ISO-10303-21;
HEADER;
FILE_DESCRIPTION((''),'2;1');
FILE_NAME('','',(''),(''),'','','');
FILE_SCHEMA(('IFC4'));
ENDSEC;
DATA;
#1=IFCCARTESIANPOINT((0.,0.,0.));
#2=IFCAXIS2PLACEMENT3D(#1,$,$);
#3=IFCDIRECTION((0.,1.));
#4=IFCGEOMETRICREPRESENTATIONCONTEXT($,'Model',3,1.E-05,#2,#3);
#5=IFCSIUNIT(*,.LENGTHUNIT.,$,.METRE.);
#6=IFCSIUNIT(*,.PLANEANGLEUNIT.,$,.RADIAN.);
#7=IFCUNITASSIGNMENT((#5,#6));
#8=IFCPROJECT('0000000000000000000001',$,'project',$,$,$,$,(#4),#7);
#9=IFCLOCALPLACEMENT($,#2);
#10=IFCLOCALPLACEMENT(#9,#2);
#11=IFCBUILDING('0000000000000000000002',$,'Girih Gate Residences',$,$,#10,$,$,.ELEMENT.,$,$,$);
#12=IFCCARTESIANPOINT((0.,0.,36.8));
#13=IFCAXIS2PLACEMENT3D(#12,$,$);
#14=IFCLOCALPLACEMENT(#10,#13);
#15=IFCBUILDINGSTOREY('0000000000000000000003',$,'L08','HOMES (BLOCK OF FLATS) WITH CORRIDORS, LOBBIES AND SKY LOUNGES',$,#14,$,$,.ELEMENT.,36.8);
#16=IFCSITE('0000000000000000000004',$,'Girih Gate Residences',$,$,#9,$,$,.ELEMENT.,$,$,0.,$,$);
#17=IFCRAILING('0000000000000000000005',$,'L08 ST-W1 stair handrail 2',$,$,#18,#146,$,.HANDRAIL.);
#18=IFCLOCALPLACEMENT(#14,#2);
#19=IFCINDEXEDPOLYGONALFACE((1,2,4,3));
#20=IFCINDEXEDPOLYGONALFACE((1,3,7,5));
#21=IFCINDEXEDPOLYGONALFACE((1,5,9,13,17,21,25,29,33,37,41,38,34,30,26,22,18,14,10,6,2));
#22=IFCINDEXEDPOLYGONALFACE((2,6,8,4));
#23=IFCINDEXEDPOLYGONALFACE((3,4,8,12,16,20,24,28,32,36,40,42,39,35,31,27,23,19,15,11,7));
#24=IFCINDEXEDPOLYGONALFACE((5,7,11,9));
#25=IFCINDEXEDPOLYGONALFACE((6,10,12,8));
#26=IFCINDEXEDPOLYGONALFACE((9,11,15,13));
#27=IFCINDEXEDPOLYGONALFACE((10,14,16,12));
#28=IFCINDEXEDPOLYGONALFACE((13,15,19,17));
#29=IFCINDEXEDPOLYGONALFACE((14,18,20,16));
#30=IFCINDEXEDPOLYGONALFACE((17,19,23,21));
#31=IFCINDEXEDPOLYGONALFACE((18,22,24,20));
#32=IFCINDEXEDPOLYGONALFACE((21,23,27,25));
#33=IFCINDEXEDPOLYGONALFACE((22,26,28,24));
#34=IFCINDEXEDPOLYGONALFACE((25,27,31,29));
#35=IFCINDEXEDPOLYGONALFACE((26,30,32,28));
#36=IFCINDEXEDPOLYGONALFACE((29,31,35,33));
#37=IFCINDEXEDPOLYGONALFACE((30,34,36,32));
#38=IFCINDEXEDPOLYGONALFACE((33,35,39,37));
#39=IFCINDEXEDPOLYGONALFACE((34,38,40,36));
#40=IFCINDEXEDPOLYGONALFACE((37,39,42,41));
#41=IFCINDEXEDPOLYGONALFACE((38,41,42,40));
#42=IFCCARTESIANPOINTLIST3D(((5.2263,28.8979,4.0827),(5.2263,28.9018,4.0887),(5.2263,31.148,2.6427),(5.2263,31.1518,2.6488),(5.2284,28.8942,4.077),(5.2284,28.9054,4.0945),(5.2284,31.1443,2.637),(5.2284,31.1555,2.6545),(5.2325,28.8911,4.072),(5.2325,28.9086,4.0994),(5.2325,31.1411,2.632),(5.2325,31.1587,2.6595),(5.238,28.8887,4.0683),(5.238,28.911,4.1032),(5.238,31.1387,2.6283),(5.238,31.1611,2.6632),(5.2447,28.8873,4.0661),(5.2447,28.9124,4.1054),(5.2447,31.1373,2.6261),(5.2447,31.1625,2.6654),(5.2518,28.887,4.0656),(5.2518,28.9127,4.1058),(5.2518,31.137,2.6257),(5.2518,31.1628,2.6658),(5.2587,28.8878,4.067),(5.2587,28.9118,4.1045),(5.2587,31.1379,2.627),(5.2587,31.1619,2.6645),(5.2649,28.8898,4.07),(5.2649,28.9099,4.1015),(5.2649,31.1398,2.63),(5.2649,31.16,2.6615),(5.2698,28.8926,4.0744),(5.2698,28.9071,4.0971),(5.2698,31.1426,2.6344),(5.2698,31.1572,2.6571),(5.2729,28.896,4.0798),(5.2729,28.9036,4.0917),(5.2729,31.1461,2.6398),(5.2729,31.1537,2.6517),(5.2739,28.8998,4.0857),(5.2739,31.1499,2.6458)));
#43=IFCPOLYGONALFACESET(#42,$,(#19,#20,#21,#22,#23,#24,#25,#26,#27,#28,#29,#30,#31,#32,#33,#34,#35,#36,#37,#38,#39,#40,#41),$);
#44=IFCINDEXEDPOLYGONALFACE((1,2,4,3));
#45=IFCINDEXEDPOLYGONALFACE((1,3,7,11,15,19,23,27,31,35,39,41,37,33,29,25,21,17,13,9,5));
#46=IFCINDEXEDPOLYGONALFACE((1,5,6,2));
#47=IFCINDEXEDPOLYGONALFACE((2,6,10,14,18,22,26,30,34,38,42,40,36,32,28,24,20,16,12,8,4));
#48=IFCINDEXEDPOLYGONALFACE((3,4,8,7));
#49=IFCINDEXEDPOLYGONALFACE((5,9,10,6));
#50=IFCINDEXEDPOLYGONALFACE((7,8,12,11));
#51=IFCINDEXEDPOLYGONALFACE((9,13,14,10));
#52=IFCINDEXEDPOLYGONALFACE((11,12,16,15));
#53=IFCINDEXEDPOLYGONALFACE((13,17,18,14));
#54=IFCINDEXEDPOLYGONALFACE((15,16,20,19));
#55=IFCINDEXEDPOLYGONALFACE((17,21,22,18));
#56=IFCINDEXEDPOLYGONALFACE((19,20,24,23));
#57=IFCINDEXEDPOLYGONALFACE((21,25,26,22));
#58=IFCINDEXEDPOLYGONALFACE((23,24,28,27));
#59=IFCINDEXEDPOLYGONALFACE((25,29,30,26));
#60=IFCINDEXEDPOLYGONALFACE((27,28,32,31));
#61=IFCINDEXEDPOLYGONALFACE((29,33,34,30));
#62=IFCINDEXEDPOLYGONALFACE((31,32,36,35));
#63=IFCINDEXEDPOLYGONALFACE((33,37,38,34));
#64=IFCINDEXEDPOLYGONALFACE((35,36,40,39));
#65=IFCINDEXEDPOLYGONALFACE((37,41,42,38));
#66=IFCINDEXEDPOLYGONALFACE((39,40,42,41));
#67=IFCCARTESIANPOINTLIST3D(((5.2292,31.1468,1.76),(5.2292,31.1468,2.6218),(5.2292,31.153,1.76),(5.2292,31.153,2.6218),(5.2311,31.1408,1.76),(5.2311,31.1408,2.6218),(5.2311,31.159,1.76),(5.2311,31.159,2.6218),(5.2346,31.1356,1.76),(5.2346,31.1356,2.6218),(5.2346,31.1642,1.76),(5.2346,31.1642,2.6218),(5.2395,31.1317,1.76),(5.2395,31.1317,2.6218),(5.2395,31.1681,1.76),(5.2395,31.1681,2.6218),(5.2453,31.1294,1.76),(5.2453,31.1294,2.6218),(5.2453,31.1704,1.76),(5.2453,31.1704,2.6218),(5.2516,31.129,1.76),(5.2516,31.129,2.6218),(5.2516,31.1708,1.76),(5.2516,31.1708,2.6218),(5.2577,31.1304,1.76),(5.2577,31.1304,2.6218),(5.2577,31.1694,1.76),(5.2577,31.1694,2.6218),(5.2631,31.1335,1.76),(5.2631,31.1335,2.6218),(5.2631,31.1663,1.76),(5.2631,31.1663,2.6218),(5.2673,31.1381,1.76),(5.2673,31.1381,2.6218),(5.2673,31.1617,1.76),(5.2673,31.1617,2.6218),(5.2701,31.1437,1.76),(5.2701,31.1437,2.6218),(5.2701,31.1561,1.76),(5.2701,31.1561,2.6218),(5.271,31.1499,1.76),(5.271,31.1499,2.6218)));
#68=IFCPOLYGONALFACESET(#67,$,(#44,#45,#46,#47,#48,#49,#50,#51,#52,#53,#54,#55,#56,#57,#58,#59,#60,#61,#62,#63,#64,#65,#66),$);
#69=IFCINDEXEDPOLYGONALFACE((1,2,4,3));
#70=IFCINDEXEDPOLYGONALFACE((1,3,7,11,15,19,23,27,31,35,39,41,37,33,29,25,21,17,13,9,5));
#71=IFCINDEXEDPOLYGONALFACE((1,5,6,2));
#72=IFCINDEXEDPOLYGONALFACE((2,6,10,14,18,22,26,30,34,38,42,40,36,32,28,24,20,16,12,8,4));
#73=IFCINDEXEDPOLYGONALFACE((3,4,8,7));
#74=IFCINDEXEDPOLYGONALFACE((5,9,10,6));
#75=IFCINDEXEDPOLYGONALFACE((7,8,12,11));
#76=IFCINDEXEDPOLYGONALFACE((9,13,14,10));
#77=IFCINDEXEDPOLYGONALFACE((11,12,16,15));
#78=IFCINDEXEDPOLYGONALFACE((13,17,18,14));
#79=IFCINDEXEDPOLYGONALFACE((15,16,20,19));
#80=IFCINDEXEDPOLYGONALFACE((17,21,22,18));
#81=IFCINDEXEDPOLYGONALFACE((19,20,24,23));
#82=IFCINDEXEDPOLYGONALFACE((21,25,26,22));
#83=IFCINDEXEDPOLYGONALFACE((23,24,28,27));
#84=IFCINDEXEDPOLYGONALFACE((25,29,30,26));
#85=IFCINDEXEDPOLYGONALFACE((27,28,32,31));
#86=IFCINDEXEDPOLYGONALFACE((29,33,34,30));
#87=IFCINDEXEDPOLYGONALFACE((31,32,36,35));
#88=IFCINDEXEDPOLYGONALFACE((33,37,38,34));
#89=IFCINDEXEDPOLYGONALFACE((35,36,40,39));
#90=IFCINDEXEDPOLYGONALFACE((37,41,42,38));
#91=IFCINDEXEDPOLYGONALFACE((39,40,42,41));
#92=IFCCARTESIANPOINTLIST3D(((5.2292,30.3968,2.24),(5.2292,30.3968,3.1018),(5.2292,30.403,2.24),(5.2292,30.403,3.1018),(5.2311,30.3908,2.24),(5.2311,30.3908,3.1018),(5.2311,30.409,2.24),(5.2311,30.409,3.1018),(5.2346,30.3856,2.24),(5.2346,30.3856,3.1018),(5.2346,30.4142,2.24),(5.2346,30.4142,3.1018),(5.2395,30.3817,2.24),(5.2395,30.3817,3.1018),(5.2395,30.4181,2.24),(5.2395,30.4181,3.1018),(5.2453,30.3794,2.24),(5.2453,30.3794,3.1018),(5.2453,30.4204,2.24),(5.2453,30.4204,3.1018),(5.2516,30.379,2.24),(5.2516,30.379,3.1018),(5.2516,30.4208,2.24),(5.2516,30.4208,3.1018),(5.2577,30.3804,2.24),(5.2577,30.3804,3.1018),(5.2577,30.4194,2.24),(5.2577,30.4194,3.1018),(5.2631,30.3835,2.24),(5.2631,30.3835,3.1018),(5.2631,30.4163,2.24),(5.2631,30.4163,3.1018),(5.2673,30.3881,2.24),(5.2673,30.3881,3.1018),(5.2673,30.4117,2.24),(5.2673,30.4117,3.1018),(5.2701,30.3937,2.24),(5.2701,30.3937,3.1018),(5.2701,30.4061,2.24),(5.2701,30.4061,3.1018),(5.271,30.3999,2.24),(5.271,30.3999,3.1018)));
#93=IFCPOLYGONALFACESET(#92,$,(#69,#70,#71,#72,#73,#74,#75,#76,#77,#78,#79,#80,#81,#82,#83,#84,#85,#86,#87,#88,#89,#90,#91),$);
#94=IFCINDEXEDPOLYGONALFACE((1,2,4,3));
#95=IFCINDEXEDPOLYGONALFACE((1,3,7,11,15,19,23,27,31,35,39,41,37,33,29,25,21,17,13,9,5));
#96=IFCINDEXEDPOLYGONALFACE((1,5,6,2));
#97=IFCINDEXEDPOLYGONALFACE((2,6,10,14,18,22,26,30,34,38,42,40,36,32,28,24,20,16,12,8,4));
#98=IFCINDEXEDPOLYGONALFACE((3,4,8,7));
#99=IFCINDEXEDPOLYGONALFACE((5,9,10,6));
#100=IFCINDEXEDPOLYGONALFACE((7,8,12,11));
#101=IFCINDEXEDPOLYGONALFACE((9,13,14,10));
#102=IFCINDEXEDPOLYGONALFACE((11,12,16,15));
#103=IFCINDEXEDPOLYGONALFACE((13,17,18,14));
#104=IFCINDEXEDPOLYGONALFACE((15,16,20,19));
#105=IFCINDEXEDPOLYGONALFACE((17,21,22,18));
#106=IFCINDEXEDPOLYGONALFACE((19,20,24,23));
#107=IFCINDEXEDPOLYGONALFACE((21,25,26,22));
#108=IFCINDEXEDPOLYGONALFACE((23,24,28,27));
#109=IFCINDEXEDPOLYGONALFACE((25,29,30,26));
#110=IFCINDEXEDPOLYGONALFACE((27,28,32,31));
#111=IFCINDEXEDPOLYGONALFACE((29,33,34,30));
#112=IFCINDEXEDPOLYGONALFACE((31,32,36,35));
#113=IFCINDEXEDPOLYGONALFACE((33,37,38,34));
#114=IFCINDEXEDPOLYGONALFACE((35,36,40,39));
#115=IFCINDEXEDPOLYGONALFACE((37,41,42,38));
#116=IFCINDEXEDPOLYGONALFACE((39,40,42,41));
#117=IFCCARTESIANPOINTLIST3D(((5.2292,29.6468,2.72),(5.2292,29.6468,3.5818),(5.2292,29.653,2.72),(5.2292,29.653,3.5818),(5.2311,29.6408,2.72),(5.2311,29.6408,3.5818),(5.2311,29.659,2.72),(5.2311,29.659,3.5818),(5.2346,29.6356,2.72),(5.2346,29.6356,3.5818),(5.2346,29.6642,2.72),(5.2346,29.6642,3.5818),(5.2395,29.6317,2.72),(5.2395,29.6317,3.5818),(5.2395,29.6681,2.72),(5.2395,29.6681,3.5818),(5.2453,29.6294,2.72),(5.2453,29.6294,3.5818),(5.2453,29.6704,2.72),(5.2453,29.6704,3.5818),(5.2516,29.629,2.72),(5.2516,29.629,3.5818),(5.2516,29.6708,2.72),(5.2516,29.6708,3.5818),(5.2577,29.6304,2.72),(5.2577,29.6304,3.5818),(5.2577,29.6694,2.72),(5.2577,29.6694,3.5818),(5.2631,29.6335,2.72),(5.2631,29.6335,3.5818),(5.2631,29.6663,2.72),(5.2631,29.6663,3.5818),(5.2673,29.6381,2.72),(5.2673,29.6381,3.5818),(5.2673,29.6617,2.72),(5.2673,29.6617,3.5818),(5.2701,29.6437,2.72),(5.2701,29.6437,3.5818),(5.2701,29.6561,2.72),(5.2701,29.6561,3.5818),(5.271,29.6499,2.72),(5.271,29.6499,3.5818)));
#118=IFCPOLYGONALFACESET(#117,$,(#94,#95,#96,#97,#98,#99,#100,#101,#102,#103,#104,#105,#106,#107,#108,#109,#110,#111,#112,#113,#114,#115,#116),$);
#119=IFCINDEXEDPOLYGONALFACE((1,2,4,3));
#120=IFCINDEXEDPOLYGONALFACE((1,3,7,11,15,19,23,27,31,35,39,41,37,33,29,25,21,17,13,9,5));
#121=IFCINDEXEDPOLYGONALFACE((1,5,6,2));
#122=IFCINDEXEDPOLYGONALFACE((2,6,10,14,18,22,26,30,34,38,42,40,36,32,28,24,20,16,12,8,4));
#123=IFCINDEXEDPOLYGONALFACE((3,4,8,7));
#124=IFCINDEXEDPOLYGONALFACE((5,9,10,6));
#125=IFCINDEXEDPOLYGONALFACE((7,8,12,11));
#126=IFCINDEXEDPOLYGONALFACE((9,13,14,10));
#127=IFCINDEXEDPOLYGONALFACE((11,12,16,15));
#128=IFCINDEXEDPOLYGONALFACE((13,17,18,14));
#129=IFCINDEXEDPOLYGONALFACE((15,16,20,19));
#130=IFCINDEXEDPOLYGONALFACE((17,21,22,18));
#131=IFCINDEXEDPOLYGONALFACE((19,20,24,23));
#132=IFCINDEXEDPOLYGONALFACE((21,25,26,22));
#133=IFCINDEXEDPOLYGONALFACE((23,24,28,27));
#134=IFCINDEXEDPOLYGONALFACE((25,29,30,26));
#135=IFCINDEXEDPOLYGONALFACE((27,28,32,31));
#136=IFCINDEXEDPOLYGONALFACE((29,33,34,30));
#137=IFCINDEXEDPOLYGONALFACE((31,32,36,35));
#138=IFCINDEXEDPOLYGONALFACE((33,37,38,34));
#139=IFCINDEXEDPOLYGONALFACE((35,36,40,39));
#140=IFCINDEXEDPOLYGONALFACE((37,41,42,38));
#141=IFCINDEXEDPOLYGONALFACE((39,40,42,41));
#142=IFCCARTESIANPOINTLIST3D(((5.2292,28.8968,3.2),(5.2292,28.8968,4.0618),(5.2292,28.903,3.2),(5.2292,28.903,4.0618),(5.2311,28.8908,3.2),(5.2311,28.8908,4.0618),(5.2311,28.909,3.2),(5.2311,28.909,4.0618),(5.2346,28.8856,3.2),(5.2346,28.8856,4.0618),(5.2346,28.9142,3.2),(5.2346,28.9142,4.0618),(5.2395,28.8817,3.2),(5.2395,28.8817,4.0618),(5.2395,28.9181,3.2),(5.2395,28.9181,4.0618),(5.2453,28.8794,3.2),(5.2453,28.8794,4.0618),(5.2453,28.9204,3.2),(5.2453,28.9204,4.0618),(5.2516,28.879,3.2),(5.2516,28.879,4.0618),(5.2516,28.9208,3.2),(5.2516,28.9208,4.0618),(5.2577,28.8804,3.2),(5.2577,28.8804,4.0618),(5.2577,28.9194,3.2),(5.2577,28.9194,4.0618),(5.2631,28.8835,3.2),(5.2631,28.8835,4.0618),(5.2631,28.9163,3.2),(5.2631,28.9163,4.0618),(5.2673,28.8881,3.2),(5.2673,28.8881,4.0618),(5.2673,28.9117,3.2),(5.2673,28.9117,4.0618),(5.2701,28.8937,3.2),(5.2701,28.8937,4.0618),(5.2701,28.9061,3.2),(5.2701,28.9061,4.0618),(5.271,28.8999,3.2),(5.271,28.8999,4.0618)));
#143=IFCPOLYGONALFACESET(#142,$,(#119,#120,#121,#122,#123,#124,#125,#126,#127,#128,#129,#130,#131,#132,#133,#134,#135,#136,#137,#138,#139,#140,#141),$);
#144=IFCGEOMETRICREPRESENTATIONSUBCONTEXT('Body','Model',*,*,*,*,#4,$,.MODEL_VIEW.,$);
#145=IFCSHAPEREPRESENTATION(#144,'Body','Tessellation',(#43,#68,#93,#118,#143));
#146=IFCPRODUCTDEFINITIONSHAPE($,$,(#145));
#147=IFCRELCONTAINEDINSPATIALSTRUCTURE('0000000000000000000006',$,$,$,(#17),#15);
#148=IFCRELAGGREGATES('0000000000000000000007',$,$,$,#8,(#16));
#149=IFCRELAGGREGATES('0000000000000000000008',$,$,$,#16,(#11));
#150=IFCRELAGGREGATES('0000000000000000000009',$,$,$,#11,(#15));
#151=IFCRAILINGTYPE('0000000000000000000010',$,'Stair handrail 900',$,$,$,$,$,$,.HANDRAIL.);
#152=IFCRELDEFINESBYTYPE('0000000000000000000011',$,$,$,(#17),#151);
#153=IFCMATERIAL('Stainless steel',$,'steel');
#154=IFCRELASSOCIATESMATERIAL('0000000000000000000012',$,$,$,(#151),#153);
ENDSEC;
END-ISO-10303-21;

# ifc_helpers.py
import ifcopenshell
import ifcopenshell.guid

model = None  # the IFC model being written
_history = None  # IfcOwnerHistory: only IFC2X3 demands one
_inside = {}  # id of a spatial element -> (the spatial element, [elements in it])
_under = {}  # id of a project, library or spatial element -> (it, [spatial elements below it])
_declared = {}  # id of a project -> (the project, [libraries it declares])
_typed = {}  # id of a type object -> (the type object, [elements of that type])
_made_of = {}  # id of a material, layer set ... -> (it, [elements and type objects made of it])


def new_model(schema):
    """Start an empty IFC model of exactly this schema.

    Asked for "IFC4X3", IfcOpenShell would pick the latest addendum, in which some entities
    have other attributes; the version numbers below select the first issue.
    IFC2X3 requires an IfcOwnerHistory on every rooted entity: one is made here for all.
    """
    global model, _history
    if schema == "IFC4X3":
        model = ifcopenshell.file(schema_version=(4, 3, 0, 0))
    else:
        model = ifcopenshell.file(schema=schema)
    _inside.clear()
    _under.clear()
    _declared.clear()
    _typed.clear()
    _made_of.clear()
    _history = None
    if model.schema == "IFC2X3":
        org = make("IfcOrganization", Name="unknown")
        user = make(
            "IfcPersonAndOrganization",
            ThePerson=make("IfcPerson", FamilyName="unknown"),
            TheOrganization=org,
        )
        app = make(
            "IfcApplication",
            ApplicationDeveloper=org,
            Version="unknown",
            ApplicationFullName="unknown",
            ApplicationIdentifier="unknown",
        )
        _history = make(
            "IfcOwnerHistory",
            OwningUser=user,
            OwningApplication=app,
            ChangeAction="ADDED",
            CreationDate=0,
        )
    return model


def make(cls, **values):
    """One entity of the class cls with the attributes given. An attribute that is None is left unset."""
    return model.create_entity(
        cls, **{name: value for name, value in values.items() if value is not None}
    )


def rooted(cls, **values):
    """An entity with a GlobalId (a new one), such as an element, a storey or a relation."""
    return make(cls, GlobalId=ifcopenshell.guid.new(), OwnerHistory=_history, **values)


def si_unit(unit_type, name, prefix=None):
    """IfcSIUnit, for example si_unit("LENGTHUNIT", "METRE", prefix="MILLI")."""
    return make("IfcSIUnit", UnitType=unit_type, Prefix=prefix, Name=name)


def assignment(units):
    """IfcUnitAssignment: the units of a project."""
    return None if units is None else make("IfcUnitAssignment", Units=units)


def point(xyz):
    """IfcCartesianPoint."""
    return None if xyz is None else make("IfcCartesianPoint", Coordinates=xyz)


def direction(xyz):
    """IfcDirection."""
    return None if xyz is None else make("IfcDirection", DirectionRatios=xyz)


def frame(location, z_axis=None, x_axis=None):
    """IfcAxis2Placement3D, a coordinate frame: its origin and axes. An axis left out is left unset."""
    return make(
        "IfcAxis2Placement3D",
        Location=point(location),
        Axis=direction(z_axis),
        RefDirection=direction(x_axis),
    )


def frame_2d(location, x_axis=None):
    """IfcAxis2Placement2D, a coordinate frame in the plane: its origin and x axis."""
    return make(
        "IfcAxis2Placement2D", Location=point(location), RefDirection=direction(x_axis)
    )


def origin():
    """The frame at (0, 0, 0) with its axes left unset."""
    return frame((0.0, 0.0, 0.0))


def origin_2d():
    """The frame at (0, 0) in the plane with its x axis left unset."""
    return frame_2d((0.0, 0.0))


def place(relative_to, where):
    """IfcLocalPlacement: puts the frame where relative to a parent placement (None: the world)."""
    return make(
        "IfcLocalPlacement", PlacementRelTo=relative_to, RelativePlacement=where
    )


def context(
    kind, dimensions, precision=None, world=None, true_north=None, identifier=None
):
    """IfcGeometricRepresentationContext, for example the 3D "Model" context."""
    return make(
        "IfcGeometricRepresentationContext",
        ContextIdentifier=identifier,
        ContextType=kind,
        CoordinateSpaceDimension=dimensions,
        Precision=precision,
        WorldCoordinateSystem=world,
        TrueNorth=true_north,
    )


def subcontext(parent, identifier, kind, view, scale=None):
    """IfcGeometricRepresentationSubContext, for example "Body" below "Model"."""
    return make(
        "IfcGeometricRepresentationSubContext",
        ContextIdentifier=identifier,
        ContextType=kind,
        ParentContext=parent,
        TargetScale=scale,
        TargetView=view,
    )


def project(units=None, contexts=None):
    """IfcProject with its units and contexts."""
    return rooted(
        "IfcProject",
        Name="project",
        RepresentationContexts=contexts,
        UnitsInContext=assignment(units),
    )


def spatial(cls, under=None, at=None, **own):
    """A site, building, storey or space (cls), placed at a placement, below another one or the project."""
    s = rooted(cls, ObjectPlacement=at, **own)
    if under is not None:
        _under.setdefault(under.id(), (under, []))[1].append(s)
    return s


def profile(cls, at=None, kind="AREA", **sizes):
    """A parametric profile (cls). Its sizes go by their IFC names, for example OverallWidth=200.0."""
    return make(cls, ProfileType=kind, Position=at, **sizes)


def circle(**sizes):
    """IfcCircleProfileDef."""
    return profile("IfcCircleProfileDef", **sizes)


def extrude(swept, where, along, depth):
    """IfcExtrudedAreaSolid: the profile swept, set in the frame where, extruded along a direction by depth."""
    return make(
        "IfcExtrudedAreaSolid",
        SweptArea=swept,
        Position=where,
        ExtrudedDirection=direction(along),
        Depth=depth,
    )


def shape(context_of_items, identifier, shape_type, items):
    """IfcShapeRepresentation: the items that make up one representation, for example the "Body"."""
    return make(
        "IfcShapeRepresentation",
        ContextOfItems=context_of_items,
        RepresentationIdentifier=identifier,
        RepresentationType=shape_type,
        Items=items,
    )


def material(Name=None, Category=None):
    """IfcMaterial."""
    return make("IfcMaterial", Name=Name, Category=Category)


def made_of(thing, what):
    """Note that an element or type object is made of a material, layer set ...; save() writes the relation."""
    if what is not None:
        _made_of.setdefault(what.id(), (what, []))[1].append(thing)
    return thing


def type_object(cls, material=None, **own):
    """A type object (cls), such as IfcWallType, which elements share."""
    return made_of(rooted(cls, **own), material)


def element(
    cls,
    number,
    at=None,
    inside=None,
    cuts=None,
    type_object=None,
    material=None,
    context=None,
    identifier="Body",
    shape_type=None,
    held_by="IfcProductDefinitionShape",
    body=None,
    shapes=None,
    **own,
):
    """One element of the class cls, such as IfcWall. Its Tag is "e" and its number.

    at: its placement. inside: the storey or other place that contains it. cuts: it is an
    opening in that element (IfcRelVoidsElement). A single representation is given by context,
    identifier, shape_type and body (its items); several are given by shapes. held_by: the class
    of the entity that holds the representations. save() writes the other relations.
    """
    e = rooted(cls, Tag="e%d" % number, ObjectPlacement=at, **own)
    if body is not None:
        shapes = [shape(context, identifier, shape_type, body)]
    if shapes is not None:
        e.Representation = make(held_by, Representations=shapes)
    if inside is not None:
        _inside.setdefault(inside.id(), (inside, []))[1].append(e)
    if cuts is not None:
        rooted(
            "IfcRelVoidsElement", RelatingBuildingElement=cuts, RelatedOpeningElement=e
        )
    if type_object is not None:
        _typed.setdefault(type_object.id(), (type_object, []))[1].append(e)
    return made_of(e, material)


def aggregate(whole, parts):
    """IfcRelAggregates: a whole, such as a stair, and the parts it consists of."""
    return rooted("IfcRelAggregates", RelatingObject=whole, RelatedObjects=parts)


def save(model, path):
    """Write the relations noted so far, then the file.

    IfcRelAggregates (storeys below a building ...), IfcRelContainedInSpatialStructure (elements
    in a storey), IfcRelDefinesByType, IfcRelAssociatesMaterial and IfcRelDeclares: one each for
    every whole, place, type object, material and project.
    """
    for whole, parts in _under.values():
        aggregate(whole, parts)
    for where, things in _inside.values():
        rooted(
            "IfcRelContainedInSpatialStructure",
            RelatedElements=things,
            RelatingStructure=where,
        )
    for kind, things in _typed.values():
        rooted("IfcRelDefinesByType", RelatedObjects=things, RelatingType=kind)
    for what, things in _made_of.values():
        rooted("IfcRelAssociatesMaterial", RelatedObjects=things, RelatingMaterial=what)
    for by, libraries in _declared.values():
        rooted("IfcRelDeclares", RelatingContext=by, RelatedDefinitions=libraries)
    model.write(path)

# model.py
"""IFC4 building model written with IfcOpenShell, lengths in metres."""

from ifc_helpers import new_model, si_unit, direction, frame, origin, origin_2d, place, context, subcontext, project, spatial, circle, extrude, material, type_object, element, save


model = new_model("IFC4")

# Units and contexts
model_context = context("Model", 3, precision=1e-05, world=origin(), true_north=direction((0.0, 1.0)))
body_context = subcontext(model_context, "Body", "Model", "MODEL_VIEW")
ifc_project = project(units=[si_unit("LENGTHUNIT", "METRE"), si_unit("PLANEANGLEUNIT", "RADIAN")], contexts=[model_context])

# Site, building, storey
site_placement = place(None, origin())
site = spatial("IfcSite", under=ifc_project, at=site_placement, Name="Girih Gate Residences", CompositionType="ELEMENT", RefElevation=0.0)
building_placement = place(site_placement, origin())
building = spatial("IfcBuilding", under=site, at=building_placement, Name="Girih Gate Residences", CompositionType="ELEMENT")
storey_placement = place(building_placement, frame((0.0, 0.0, 36.8)))
storey = spatial("IfcBuildingStorey", under=building, at=storey_placement, Name="L08", Description="HOMES (BLOCK OF FLATS) WITH CORRIDORS, LOBBIES AND SKY LOUNGES", CompositionType="ELEMENT", Elevation=36.8)

# Railing
ifc_material_1 = material(Name="Stainless steel", Category="steel")
railing_type_1 = type_object("IfcRailingType", Name="Stair handrail 900", PredefinedType="HANDRAIL", material=ifc_material_1)
railing_1_placement = place(storey_placement, frame((5.25, 31.1499, 1.76)))
element("IfcRailing", 1, at=railing_1_placement, inside=storey, type_object=railing_type_1, Name="L08 ST-W1 stair handrail 2", PredefinedType="HANDRAIL", context=body_context, shape_type="SweptSolid", body=[
    extrude(circle(Radius=0.0239, at=origin_2d()), frame((0.0, 0.0, 0.8857), z_axis=(0.0, -0.842281, 0.539038), x_axis=(1.0, 0.0, 0.0)), (0.0, 0.0, 1.0), 2.6714),
    extrude(circle(Radius=0.021, at=origin_2d()), origin(), (0.0, 0.0, 1.0), 0.8618),
    extrude(circle(Radius=0.021, at=origin_2d()), frame((0.0, -0.75, 0.48)), (0.0, 0.0, 1.0), 0.8618),
    extrude(circle(Radius=0.021, at=origin_2d()), frame((0.0, -1.5, 0.96)), (0.0, 0.0, 1.0), 0.8618),
    extrude(circle(Radius=0.021, at=origin_2d()), frame((0.0, -2.25, 1.4399)), (0.0, 0.0, 1.0), 0.8618),
])

save(model, "model.ifc")
